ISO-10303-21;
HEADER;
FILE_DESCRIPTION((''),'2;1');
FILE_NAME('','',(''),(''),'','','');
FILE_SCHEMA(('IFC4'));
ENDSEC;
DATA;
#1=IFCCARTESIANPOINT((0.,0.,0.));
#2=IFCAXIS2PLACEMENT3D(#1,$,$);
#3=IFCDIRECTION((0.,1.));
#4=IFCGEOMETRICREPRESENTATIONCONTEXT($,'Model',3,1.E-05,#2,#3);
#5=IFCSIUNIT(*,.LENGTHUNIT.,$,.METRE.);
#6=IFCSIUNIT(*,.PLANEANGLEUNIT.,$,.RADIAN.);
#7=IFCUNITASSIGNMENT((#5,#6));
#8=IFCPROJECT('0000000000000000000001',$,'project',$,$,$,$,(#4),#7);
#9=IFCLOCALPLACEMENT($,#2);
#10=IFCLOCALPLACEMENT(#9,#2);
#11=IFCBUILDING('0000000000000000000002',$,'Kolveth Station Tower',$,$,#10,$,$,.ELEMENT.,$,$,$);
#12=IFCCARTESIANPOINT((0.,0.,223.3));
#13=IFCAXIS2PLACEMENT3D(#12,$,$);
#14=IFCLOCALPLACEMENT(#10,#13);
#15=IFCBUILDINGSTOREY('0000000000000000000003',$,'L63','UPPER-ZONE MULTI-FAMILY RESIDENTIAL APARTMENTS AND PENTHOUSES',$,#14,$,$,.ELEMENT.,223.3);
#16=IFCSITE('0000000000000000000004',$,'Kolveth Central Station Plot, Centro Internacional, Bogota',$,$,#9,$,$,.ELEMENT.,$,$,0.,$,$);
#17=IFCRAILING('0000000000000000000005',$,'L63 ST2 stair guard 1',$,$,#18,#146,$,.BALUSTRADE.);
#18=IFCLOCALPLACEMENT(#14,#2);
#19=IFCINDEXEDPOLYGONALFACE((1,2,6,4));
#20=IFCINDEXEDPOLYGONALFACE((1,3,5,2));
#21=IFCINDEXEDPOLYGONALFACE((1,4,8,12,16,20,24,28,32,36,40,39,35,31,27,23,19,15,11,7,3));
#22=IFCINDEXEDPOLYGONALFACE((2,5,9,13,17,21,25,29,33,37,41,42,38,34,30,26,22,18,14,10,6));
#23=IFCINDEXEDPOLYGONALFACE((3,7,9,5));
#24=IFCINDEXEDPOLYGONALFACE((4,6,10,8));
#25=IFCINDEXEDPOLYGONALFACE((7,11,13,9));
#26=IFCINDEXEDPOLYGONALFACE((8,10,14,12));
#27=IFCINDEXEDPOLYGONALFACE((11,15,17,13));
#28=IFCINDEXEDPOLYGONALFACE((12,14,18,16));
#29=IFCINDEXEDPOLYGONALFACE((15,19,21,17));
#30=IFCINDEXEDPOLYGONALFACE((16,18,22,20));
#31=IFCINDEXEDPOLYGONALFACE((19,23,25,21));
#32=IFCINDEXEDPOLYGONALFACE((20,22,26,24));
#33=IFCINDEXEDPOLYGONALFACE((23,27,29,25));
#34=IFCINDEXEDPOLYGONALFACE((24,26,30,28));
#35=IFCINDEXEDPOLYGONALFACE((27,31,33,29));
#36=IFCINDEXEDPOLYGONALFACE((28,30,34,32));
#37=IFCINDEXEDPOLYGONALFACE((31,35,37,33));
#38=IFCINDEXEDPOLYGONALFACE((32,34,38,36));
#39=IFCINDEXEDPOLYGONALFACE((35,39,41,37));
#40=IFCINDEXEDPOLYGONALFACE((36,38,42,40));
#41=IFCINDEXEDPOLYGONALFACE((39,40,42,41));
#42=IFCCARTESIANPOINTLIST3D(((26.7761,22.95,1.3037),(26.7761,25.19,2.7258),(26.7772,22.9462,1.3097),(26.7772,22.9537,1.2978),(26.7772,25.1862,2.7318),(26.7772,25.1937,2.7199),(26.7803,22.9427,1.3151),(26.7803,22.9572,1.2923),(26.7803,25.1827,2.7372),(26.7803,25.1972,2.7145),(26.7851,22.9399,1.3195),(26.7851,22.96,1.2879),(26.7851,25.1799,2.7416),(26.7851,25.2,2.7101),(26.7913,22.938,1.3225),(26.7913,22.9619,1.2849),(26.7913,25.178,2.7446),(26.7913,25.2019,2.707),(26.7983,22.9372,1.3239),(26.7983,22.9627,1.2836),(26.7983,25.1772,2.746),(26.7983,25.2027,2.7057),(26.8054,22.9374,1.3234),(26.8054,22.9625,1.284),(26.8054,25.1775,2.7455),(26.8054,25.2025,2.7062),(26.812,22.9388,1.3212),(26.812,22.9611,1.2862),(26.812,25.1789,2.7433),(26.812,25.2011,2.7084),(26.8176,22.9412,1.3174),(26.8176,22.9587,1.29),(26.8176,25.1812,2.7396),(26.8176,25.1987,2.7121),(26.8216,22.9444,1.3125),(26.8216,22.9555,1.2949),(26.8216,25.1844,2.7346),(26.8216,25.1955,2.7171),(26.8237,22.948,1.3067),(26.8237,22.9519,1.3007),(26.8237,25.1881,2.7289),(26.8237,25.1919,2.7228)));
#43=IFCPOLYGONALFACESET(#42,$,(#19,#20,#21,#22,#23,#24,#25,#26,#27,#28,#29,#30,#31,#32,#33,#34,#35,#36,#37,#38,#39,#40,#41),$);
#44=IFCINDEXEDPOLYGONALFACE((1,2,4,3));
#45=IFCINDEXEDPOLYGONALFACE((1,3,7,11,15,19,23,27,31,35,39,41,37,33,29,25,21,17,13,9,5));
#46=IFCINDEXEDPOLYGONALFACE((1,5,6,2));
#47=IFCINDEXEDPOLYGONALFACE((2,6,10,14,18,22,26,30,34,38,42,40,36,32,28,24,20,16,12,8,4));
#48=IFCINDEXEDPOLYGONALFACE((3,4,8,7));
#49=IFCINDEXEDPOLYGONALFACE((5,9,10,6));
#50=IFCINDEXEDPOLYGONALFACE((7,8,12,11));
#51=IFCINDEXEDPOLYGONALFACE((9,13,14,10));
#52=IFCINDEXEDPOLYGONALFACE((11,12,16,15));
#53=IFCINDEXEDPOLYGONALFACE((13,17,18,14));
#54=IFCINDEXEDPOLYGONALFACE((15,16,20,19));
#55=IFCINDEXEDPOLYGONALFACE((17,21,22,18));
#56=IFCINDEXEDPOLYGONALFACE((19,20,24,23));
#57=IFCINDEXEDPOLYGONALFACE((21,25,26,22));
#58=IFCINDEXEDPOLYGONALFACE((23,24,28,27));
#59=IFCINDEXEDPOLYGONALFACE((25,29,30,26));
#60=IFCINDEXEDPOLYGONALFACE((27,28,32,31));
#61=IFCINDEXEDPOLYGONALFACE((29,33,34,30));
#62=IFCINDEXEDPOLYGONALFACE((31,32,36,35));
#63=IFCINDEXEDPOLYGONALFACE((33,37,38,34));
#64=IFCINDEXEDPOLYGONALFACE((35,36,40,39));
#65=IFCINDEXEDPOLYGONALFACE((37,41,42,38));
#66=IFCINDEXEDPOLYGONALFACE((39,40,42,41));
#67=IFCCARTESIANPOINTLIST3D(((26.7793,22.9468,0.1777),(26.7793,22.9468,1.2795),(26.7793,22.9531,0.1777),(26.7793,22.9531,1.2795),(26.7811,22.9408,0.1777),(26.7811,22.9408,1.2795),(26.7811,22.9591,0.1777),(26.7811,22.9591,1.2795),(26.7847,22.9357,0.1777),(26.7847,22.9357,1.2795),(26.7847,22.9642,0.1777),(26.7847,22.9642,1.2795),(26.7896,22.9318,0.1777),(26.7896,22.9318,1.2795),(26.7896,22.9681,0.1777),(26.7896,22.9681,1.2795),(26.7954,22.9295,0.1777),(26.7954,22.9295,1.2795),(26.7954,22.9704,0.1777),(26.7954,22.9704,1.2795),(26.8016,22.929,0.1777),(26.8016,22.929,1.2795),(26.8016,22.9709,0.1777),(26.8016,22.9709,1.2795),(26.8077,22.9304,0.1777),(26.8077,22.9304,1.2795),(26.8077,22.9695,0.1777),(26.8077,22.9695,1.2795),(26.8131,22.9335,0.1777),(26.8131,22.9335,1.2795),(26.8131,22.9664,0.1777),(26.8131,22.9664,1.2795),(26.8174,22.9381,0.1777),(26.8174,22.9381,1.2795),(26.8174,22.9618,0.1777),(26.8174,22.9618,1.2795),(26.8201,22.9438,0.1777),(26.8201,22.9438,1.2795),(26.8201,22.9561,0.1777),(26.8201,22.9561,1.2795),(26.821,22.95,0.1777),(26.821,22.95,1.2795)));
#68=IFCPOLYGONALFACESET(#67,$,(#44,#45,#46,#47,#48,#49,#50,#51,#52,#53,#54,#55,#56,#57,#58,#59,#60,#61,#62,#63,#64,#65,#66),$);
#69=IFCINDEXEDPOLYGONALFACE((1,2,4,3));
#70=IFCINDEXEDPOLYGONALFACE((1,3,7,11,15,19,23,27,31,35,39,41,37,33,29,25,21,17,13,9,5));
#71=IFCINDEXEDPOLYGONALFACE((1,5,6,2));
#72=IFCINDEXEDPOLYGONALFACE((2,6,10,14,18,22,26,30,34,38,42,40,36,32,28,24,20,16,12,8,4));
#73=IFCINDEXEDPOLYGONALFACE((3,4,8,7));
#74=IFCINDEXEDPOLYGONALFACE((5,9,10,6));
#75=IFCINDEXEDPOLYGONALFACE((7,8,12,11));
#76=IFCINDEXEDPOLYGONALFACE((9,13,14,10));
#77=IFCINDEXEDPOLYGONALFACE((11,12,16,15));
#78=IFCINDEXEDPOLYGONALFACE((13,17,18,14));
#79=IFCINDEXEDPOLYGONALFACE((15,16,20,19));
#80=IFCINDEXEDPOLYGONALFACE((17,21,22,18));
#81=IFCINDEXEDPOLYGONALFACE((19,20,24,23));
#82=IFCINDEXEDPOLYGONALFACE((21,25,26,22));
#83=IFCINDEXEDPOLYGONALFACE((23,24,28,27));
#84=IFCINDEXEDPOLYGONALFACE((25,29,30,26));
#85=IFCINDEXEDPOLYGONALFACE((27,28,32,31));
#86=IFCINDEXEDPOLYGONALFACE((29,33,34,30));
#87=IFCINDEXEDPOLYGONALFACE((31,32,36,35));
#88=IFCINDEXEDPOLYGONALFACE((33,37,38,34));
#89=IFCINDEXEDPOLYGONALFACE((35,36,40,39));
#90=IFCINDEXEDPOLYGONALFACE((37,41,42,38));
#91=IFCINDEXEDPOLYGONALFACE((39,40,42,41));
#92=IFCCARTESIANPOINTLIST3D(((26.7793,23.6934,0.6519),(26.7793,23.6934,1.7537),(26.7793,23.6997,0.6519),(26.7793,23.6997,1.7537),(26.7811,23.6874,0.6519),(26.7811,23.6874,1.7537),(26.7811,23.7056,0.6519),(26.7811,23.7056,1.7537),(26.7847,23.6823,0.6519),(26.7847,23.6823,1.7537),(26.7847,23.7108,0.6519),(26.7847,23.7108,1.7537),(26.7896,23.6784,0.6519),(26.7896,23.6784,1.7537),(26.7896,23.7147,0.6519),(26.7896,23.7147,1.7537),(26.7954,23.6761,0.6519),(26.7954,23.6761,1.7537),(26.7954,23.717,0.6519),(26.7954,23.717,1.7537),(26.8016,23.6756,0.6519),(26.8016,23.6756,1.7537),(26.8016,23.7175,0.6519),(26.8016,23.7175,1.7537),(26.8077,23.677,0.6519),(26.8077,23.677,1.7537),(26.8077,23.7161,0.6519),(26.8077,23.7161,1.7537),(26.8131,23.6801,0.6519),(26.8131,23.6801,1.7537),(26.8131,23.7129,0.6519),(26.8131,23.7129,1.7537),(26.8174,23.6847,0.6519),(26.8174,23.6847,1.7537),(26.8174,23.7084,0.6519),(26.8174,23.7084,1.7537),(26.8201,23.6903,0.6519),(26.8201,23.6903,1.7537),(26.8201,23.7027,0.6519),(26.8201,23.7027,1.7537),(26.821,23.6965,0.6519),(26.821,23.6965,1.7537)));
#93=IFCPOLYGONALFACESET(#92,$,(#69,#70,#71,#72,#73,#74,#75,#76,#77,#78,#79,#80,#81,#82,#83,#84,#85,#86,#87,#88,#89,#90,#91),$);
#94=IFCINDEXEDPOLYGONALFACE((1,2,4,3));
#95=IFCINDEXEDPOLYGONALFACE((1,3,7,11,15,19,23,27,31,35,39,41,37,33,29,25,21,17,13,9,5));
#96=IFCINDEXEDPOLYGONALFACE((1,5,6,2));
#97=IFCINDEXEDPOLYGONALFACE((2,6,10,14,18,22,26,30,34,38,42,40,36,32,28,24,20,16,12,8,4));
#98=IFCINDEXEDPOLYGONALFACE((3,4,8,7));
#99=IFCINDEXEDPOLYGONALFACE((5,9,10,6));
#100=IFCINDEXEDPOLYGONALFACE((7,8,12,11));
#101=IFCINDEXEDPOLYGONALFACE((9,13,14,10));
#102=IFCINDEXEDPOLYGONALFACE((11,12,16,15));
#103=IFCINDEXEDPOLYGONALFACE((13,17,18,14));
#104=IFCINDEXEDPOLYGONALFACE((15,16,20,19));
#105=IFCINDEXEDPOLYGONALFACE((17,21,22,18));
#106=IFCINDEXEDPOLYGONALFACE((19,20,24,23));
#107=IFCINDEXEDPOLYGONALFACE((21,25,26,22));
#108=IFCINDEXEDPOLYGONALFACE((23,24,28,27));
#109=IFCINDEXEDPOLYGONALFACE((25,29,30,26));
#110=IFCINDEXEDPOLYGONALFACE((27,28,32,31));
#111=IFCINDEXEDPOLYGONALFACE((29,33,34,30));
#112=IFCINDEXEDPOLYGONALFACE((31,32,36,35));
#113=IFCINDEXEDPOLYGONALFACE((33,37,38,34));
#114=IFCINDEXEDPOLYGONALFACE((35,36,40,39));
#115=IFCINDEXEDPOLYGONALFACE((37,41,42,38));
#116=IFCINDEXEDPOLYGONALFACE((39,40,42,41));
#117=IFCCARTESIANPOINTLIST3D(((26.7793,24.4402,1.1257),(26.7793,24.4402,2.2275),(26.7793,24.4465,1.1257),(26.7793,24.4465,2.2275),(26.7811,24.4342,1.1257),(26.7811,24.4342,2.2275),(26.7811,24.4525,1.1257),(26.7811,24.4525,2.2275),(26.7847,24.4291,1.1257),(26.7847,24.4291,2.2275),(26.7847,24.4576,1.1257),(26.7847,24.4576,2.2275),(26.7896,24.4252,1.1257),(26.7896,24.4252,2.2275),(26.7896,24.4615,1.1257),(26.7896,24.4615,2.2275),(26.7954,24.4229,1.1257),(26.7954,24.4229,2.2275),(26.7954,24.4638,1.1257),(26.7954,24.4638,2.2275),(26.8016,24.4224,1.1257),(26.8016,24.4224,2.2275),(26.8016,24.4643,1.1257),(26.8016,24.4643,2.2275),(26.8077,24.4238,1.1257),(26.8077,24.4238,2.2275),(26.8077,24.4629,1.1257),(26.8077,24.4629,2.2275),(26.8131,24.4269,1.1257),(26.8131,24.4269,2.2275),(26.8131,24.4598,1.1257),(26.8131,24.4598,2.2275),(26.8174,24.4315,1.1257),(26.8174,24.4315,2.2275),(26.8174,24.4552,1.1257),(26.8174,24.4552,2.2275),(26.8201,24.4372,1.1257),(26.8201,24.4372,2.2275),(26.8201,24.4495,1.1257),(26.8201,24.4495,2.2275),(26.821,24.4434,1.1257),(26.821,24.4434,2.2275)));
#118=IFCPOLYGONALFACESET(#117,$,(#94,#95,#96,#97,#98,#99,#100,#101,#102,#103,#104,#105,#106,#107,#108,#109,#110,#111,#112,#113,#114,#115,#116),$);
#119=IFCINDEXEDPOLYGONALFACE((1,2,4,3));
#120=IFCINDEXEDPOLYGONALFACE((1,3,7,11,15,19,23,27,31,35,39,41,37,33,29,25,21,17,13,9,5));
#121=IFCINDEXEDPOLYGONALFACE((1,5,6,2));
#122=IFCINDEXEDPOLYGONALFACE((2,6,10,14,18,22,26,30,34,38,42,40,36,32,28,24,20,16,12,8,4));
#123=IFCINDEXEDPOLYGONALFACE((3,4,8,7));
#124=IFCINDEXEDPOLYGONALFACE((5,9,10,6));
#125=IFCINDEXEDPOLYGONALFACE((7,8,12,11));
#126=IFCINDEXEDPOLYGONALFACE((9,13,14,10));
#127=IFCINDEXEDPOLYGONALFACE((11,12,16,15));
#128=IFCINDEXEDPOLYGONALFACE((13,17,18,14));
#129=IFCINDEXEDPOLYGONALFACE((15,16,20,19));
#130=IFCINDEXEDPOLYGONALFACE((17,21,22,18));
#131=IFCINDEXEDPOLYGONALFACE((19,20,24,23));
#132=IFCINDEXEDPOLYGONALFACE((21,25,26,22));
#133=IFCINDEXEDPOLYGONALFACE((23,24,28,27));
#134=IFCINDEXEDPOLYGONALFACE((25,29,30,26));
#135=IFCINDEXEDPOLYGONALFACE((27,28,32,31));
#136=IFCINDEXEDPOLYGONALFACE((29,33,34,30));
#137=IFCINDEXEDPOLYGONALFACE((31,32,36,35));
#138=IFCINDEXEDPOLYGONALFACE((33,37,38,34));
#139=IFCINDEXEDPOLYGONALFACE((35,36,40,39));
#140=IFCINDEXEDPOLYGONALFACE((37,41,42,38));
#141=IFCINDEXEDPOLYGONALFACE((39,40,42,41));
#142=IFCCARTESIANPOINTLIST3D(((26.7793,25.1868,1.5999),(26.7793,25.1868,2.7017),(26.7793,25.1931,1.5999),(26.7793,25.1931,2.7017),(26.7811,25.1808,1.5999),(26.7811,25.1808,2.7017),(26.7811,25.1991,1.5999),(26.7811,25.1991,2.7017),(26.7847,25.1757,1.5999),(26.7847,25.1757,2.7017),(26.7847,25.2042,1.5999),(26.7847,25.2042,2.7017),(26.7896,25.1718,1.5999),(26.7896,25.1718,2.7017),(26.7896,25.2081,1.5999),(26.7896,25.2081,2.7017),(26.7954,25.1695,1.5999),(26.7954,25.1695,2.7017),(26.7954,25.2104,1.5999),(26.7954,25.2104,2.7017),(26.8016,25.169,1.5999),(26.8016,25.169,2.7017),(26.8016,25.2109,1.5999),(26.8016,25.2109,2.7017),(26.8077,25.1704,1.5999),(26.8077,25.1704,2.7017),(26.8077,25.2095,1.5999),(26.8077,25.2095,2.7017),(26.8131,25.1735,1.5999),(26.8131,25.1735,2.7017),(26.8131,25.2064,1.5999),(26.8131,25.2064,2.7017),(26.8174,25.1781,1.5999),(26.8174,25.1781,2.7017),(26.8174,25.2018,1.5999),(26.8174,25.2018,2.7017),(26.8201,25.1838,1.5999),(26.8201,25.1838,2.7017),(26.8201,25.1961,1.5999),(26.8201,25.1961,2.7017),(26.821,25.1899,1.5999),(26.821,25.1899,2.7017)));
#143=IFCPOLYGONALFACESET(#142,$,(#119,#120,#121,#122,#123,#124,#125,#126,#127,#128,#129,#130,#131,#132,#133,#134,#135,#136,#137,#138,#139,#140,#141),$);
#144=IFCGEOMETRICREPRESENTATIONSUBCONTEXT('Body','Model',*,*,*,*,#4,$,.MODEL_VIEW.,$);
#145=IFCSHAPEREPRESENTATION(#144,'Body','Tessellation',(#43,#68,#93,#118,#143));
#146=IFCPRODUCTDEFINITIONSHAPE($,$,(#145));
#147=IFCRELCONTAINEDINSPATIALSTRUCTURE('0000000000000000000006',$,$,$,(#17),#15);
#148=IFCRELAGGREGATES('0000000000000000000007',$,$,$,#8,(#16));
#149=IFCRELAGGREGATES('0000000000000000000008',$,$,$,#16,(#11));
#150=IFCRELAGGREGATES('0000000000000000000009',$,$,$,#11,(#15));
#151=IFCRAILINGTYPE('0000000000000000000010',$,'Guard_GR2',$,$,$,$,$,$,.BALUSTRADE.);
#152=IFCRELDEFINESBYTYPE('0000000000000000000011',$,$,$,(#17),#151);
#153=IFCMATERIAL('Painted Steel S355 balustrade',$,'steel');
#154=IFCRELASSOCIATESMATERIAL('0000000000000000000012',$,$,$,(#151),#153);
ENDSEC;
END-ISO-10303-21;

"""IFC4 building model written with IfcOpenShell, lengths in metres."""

from ifc_helpers import new_model, si_unit, direction, frame, origin, origin_2d, place, context, subcontext, project, spatial, circle, extrude, material, type_object, element, save


model = new_model("IFC4")

# Units and contexts
model_context = context("Model", 3, precision=1e-05, world=origin(), true_north=direction((0.0, 1.0)))
body_context = subcontext(model_context, "Body", "Model", "MODEL_VIEW")
ifc_project = project(units=[si_unit("LENGTHUNIT", "METRE"), si_unit("PLANEANGLEUNIT", "RADIAN")], contexts=[model_context])

# Site, building, storey
site_placement = place(None, origin())
site = spatial("IfcSite", under=ifc_project, at=site_placement, Name="Kolveth Central Station Plot, Centro Internacional, Bogota", CompositionType="ELEMENT", RefElevation=0.0)
building_placement = place(site_placement, origin())
building = spatial("IfcBuilding", under=site, at=building_placement, Name="Kolveth Station Tower", CompositionType="ELEMENT")
storey_placement = place(building_placement, frame((0.0, 0.0, 223.3)))
storey = spatial("IfcBuildingStorey", under=building, at=storey_placement, Name="L63", Description="UPPER-ZONE MULTI-FAMILY RESIDENTIAL APARTMENTS AND PENTHOUSES", CompositionType="ELEMENT", Elevation=223.3)

# Railing
ifc_material_1 = material(Name="Painted Steel S355 balustrade", Category="steel")
railing_type_1 = type_object("IfcRailingType", Name="Guard_GR2", PredefinedType="BALUSTRADE", material=ifc_material_1)
railing_1_placement = place(storey_placement, frame((26.8, 22.95, 0.1777)))
element("IfcRailing", 1, at=railing_1_placement, inside=storey, type_object=railing_type_1, Name="L63 ST2 stair guard 1", PredefinedType="BALUSTRADE", context=body_context, shape_type="SweptSolid", body=[
    extrude(circle(Radius=0.0239, at=origin_2d()), frame((0.0, 0.0, 1.126), z_axis=(0.0, 0.844229, 0.535982), x_axis=(-1.0, 0.0, 0.0)), (0.0, 0.0, 1.0), 2.6533),
    extrude(circle(Radius=0.021, at=origin_2d()), origin(), (0.0, 0.0, 1.0), 1.1018),
    extrude(circle(Radius=0.021, at=origin_2d()), frame((0.0, 0.7466, 0.4741)), (0.0, 0.0, 1.0), 1.1018),
    extrude(circle(Radius=0.021, at=origin_2d()), frame((0.0, 1.4934, 0.948)), (0.0, 0.0, 1.0), 1.1018),
    extrude(circle(Radius=0.021, at=origin_2d()), frame((0.0, 2.24, 1.4221)), (0.0, 0.0, 1.0), 1.1018),
])

save(model, "model.ifc")
